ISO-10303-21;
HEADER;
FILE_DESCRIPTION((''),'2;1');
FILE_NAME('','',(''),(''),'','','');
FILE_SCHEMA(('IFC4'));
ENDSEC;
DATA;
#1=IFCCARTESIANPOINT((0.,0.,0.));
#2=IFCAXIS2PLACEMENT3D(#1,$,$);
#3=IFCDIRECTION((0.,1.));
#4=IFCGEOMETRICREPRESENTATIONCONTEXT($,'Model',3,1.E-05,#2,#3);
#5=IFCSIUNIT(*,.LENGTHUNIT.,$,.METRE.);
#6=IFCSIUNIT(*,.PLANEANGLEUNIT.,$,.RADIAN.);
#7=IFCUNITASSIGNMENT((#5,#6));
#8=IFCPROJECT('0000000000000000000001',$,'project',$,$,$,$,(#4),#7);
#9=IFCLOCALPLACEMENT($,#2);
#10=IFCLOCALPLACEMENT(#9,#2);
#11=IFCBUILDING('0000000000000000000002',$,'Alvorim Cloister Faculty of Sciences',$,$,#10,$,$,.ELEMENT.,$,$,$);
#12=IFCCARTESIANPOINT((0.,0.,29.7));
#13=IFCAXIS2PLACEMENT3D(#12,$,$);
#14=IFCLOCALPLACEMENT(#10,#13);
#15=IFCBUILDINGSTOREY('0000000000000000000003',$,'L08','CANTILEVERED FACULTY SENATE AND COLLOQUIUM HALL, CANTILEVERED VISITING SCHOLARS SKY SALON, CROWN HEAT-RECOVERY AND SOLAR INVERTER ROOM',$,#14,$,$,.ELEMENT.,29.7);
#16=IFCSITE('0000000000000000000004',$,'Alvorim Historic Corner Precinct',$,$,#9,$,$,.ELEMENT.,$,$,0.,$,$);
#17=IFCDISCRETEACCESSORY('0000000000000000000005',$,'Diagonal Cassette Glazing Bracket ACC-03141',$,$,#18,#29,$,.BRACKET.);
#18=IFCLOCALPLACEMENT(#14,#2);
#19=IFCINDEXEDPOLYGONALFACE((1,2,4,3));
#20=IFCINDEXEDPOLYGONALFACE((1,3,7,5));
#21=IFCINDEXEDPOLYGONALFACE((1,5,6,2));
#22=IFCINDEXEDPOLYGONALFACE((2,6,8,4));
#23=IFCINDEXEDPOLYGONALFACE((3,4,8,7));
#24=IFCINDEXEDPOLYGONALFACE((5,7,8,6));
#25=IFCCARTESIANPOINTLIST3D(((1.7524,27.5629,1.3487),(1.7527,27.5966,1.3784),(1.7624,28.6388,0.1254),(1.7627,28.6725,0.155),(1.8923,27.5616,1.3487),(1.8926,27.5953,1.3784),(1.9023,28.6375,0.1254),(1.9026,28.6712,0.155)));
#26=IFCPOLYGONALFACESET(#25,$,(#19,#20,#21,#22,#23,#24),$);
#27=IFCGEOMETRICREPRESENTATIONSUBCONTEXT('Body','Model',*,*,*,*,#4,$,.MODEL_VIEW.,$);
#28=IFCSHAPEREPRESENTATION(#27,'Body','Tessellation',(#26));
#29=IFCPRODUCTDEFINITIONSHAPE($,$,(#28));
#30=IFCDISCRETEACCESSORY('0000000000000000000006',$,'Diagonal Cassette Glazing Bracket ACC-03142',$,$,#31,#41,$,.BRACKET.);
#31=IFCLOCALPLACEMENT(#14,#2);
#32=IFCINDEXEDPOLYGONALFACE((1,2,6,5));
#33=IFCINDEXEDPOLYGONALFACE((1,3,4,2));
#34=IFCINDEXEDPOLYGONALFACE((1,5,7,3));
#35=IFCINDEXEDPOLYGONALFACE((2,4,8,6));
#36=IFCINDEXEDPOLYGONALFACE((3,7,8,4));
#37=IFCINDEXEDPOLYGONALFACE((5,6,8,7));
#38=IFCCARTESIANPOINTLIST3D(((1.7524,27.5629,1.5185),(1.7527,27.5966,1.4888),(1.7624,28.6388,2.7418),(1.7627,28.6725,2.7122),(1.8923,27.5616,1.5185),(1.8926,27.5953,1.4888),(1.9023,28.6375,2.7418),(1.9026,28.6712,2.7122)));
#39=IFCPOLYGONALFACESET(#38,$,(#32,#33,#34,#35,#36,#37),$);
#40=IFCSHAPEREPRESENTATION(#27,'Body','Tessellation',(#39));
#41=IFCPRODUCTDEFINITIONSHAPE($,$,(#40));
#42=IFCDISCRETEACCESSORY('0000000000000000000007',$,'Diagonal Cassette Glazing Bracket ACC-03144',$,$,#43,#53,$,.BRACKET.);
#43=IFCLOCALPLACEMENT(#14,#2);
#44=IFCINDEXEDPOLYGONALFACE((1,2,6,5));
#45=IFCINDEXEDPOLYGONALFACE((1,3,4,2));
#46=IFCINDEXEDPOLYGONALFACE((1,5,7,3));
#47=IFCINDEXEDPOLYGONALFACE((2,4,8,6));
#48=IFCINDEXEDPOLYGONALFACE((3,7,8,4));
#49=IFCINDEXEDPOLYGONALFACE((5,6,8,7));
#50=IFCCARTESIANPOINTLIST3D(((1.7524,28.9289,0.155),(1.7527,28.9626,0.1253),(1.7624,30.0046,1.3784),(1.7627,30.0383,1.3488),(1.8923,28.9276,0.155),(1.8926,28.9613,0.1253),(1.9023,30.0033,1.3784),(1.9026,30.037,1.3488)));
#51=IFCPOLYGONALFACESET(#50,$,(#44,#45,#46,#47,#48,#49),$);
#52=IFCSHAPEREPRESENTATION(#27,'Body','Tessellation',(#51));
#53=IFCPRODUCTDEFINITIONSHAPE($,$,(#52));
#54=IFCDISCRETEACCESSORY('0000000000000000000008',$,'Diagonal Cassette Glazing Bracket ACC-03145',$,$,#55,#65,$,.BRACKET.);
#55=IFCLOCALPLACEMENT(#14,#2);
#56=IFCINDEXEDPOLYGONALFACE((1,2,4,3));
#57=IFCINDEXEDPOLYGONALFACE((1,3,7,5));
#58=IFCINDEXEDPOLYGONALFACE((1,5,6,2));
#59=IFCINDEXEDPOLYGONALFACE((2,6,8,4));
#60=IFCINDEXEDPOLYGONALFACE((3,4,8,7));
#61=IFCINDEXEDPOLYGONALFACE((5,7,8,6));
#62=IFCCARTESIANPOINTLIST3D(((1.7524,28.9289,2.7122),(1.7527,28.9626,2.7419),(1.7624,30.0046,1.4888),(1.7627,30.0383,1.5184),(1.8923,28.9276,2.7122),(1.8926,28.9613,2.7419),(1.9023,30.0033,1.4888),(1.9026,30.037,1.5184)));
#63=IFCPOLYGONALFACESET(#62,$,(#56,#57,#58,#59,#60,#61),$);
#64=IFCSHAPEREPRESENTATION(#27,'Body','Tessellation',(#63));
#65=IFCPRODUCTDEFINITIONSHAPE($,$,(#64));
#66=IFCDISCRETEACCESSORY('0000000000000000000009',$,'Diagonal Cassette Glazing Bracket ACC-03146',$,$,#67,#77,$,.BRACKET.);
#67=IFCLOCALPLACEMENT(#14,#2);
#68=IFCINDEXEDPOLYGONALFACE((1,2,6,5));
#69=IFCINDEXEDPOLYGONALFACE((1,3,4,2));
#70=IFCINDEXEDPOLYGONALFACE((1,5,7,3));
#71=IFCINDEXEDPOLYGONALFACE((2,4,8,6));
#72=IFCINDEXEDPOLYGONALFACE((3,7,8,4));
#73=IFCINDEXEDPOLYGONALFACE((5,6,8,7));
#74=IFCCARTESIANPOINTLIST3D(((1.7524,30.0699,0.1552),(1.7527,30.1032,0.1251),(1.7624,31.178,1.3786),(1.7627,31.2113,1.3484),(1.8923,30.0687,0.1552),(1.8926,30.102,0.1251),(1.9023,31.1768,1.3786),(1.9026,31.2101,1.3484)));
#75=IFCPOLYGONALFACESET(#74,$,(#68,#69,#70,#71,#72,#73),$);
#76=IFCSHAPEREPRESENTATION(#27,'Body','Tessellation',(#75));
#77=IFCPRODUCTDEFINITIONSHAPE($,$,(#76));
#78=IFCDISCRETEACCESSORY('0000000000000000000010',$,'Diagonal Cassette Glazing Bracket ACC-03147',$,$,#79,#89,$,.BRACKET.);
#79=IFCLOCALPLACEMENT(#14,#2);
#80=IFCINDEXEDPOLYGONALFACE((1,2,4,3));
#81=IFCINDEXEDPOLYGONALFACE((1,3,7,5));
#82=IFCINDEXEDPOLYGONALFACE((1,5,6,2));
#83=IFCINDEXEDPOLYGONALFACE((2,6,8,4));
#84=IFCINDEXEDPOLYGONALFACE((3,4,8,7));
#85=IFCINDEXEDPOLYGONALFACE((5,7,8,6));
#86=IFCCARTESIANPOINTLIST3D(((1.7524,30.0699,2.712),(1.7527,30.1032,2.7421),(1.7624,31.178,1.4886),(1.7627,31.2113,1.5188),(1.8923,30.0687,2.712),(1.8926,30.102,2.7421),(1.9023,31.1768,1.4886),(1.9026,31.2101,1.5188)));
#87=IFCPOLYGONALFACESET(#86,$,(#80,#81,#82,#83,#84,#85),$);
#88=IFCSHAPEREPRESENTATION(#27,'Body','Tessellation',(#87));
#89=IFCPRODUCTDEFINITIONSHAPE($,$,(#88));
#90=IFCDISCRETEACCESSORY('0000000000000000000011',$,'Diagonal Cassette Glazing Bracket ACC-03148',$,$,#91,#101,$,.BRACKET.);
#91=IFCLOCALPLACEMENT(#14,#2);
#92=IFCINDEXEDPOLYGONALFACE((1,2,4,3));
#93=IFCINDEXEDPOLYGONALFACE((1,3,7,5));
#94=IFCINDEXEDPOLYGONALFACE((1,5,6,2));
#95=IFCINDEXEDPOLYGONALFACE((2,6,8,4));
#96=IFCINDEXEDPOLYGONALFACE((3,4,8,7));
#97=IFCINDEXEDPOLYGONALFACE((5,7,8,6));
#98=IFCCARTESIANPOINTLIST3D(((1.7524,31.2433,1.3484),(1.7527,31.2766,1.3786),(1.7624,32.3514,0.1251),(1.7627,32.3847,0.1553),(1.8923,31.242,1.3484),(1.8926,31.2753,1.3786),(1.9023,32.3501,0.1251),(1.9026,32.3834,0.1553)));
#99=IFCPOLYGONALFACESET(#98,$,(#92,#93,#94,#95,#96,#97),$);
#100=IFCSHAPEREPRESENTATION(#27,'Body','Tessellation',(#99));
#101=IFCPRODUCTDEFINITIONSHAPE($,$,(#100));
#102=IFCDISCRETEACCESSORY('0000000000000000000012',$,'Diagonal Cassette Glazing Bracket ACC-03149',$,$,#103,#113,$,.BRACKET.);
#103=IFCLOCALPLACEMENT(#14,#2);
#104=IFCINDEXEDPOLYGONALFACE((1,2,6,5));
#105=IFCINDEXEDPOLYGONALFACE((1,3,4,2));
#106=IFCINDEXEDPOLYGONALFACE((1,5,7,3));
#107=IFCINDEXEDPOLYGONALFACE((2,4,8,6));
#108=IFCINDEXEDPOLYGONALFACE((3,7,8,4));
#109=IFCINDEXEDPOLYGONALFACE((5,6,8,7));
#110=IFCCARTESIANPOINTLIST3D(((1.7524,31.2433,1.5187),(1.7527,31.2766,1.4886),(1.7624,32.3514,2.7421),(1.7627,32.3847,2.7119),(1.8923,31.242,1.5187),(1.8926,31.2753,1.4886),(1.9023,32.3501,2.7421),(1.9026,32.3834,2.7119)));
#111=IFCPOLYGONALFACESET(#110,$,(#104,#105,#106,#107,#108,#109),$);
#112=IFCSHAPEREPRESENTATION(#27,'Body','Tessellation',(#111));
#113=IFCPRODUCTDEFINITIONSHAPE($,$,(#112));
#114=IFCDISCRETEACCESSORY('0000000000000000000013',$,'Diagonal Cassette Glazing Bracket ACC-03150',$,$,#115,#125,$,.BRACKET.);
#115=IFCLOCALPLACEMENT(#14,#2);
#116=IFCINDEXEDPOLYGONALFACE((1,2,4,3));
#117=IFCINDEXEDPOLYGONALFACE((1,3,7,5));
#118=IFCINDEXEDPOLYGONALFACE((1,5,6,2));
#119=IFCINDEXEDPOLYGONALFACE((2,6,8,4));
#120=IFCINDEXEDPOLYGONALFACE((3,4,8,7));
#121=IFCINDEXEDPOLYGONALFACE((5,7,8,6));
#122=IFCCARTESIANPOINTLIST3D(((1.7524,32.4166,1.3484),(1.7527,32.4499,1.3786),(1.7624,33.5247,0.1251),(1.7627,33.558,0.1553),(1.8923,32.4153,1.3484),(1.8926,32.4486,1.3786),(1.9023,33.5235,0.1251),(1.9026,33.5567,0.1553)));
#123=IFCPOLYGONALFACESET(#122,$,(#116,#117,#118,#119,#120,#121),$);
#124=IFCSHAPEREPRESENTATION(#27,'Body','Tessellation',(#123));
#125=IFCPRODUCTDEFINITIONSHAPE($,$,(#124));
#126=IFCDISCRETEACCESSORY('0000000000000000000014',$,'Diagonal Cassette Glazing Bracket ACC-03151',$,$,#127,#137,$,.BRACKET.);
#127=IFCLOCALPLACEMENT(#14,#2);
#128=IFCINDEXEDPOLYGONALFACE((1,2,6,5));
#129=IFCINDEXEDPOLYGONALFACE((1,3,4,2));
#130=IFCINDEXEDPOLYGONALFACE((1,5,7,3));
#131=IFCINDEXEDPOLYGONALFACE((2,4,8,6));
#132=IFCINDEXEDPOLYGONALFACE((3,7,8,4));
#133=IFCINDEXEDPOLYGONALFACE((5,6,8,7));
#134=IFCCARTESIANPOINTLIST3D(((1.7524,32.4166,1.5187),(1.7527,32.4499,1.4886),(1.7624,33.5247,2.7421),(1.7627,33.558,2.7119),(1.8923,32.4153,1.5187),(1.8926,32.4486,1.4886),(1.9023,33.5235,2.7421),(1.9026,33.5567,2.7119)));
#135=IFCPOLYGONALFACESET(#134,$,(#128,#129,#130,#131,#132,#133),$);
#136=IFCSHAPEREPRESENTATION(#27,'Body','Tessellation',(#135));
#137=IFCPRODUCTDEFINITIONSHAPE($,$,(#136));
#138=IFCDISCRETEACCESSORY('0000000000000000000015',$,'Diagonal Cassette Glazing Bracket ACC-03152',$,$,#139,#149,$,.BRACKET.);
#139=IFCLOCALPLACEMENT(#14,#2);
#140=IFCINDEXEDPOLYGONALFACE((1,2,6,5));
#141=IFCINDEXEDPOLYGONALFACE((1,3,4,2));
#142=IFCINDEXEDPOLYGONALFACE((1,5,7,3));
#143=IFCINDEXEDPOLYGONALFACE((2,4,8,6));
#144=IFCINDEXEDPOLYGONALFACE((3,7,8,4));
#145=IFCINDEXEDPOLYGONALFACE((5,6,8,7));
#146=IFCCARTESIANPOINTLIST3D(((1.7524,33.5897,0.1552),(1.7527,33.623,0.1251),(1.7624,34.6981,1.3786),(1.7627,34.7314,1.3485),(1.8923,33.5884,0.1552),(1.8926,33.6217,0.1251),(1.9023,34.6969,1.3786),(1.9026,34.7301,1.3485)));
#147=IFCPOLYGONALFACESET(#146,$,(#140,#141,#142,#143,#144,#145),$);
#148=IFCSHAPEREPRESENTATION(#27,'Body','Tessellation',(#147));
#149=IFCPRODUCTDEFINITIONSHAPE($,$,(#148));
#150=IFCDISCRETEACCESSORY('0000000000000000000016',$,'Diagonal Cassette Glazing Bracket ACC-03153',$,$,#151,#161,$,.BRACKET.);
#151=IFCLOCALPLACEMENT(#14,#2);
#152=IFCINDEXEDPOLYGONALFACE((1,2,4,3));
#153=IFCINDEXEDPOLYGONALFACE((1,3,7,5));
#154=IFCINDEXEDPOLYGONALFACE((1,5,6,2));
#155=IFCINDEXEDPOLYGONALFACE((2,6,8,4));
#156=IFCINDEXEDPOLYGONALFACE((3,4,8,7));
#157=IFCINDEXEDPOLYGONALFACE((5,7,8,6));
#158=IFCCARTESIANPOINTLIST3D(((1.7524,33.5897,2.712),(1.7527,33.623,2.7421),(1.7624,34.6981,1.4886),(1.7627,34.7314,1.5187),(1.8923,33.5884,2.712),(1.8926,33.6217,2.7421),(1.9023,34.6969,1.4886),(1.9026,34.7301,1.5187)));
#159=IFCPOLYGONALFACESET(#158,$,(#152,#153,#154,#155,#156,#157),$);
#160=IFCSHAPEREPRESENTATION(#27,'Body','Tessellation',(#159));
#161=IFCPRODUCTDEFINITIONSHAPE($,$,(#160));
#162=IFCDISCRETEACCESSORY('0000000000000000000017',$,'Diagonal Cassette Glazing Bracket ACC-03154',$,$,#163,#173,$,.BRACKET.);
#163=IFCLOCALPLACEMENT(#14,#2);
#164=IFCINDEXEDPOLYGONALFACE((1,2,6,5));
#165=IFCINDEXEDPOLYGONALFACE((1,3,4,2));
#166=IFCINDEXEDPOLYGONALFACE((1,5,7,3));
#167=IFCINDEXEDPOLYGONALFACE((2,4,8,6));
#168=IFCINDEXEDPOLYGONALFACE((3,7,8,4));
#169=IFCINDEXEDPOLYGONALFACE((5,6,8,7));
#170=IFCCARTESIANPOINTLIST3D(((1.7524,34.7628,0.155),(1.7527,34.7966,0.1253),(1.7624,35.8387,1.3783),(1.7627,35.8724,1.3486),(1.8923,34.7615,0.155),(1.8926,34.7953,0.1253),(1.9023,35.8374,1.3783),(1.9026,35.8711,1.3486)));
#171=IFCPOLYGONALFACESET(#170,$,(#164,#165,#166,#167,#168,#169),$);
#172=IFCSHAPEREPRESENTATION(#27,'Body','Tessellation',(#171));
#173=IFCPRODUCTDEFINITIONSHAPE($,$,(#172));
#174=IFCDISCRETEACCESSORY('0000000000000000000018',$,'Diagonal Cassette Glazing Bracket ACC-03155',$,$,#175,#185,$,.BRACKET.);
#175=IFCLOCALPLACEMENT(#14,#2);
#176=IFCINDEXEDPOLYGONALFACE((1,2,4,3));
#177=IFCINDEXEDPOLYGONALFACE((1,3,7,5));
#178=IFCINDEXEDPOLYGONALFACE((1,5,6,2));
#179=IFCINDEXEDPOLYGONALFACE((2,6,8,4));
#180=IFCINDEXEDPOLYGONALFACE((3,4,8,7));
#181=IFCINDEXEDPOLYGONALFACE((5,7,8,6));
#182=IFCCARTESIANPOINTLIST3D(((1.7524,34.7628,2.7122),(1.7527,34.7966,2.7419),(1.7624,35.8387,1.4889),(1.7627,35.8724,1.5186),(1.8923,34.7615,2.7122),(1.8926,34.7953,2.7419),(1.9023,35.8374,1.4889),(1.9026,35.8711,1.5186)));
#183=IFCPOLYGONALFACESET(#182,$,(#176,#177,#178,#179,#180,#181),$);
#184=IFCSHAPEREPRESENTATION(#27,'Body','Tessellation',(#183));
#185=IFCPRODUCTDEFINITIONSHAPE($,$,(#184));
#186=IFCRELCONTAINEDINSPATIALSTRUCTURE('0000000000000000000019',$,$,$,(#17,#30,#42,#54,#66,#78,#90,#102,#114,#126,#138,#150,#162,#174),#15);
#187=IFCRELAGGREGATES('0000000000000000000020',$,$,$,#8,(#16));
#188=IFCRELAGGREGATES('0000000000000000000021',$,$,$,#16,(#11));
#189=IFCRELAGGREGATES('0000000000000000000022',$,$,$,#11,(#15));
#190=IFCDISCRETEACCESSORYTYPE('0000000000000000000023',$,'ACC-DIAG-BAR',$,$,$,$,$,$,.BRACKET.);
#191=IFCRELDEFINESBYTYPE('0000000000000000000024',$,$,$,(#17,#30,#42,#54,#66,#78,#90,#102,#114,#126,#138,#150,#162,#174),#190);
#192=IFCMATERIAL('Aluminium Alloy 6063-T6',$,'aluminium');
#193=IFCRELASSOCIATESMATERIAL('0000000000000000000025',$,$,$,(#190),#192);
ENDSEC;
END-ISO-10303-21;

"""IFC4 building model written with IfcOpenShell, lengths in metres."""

from ifc_helpers import new_model, si_unit, direction, frame, origin, origin_2d, place, context, subcontext, project, spatial, rectangle, extrude, material, type_object, element, save


model = new_model("IFC4")

# Units and contexts
model_context = context("Model", 3, precision=1e-05, world=origin(), true_north=direction((0.0, 1.0)))
body_context = subcontext(model_context, "Body", "Model", "MODEL_VIEW")
ifc_project = project(units=[si_unit("LENGTHUNIT", "METRE"), si_unit("PLANEANGLEUNIT", "RADIAN")], contexts=[model_context])

# Site, building, storey
site_placement = place(None, origin())
site = spatial("IfcSite", under=ifc_project, at=site_placement, Name="Alvorim Historic Corner Precinct", CompositionType="ELEMENT", RefElevation=0.0)
building_placement = place(site_placement, origin())
building = spatial("IfcBuilding", under=site, at=building_placement, Name="Alvorim Cloister Faculty of Sciences", CompositionType="ELEMENT")
storey_placement = place(building_placement, frame((0.0, 0.0, 29.7)))
storey = spatial("IfcBuildingStorey", under=building, at=storey_placement, Name="L08", Description="CANTILEVERED FACULTY SENATE AND COLLOQUIUM HALL, CANTILEVERED VISITING SCHOLARS SKY SALON, CROWN HEAT-RECOVERY AND SOLAR INVERTER ROOM", CompositionType="ELEMENT", Elevation=29.7)

# Shared definitions
ifc_material_1 = material(Name="Aluminium Alloy 6063-T6", Category="aluminium")

# Discrete accessories
discrete_accessory_type = type_object("IfcDiscreteAccessoryType", Name="ACC-DIAG-BAR", PredefinedType="BRACKET", material=ifc_material_1)
for number, where, z_axis, x_axis, name in (
    (1, (1.8225, 27.5791, 1.3635), (0.006144, 0.660389, -0.750898), (-0.999957, 0.009303, 0.0), "Diagonal Cassette Glazing Bracket ACC-03141"),
    (2, (1.8225, 27.5791, 1.5037), (0.006144, 0.660389, 0.750898), (-0.999957, 0.009303, 0.0), "Diagonal Cassette Glazing Bracket ACC-03142"),
    (3, (1.8225, 28.9451, 0.1401), (0.006144, 0.660305, 0.750973), (-0.999957, 0.009305, 0.0), "Diagonal Cassette Glazing Bracket ACC-03144"),
    (4, (1.8225, 28.9451, 2.7271), (0.006144, 0.660305, -0.750973), (-0.999957, 0.009305, 0.0), "Diagonal Cassette Glazing Bracket ACC-03145"),
):
    element("IfcDiscreteAccessory", number, at=place(storey_placement, frame(where, z_axis=z_axis, x_axis=x_axis)), inside=storey, type_object=discrete_accessory_type, Name=name, PredefinedType="BRACKET", context=body_context, shape_type="SweptSolid", body=[
        extrude(rectangle(XDim=0.1399, YDim=0.0449, at=origin_2d()), origin(), (0.0, 0.0, 1.0), 1.6292),
    ])
for number, where, z_axis, x_axis, name in (
    (5, (1.8225, 30.0859, 0.1401), (0.006064, 0.671327, 0.741137), (-0.999959, 0.009032, 0.0), "Diagonal Cassette Glazing Bracket ACC-03146"),
    (6, (1.8225, 30.0859, 2.7271), (0.006064, 0.671327, -0.741137), (-0.999959, 0.009032, 0.0), "Diagonal Cassette Glazing Bracket ACC-03147"),
    (7, (1.8225, 31.2593, 1.3635), (0.006064, 0.671327, -0.741137), (-0.999959, 0.009032, 0.0), "Diagonal Cassette Glazing Bracket ACC-03148"),
    (8, (1.8225, 31.2593, 1.5037), (0.006064, 0.671327, 0.741137), (-0.999959, 0.009032, 0.0), "Diagonal Cassette Glazing Bracket ACC-03149"),
    (9, (1.8225, 32.4326, 1.3635), (0.006064, 0.671327, -0.741137), (-0.999959, 0.009032, 0.0), "Diagonal Cassette Glazing Bracket ACC-03150"),
    (10, (1.8225, 32.4326, 1.5037), (0.006064, 0.671327, 0.741137), (-0.999959, 0.009032, 0.0), "Diagonal Cassette Glazing Bracket ACC-03151"),
):
    element("IfcDiscreteAccessory", number, at=place(storey_placement, frame(where, z_axis=z_axis, x_axis=x_axis)), inside=storey, type_object=discrete_accessory_type, Name=name, PredefinedType="BRACKET", context=body_context, shape_type="SweptSolid", body=[
        extrude(rectangle(XDim=0.1399, YDim=0.0449, at=origin_2d()), origin(), (0.0, 0.0, 1.0), 1.6506),
    ])
for number, where, z_axis, x_axis, name in (
    (11, (1.8225, 33.6057, 0.1401), (0.006063, 0.671408, 0.741063), (-0.999959, 0.00903, 0.0), "Diagonal Cassette Glazing Bracket ACC-03152"),
    (12, (1.8225, 33.6057, 2.7271), (0.006063, 0.671408, -0.741063), (-0.999959, 0.00903, 0.0), "Diagonal Cassette Glazing Bracket ACC-03153"),
):
    element("IfcDiscreteAccessory", number, at=place(storey_placement, frame(where, z_axis=z_axis, x_axis=x_axis)), inside=storey, type_object=discrete_accessory_type, Name=name, PredefinedType="BRACKET", context=body_context, shape_type="SweptSolid", body=[
        extrude(rectangle(XDim=0.1399, YDim=0.0449, at=origin_2d()), origin(), (0.0, 0.0, 1.0), 1.6509),
    ])
for number, where, z_axis, x_axis, name in (
    (13, (1.8225, 34.7791, 0.1401), (0.006144, 0.660389, 0.750898), (-0.999957, 0.009303, 0.0), "Diagonal Cassette Glazing Bracket ACC-03154"),
    (14, (1.8225, 34.7791, 2.7271), (0.006144, 0.660389, -0.750898), (-0.999957, 0.009303, 0.0), "Diagonal Cassette Glazing Bracket ACC-03155"),
):
    element("IfcDiscreteAccessory", number, at=place(storey_placement, frame(where, z_axis=z_axis, x_axis=x_axis)), inside=storey, type_object=discrete_accessory_type, Name=name, PredefinedType="BRACKET", context=body_context, shape_type="SweptSolid", body=[
        extrude(rectangle(XDim=0.1399, YDim=0.0449, at=origin_2d()), origin(), (0.0, 0.0, 1.0), 1.6292),
    ])

save(model, "model.ifc")
